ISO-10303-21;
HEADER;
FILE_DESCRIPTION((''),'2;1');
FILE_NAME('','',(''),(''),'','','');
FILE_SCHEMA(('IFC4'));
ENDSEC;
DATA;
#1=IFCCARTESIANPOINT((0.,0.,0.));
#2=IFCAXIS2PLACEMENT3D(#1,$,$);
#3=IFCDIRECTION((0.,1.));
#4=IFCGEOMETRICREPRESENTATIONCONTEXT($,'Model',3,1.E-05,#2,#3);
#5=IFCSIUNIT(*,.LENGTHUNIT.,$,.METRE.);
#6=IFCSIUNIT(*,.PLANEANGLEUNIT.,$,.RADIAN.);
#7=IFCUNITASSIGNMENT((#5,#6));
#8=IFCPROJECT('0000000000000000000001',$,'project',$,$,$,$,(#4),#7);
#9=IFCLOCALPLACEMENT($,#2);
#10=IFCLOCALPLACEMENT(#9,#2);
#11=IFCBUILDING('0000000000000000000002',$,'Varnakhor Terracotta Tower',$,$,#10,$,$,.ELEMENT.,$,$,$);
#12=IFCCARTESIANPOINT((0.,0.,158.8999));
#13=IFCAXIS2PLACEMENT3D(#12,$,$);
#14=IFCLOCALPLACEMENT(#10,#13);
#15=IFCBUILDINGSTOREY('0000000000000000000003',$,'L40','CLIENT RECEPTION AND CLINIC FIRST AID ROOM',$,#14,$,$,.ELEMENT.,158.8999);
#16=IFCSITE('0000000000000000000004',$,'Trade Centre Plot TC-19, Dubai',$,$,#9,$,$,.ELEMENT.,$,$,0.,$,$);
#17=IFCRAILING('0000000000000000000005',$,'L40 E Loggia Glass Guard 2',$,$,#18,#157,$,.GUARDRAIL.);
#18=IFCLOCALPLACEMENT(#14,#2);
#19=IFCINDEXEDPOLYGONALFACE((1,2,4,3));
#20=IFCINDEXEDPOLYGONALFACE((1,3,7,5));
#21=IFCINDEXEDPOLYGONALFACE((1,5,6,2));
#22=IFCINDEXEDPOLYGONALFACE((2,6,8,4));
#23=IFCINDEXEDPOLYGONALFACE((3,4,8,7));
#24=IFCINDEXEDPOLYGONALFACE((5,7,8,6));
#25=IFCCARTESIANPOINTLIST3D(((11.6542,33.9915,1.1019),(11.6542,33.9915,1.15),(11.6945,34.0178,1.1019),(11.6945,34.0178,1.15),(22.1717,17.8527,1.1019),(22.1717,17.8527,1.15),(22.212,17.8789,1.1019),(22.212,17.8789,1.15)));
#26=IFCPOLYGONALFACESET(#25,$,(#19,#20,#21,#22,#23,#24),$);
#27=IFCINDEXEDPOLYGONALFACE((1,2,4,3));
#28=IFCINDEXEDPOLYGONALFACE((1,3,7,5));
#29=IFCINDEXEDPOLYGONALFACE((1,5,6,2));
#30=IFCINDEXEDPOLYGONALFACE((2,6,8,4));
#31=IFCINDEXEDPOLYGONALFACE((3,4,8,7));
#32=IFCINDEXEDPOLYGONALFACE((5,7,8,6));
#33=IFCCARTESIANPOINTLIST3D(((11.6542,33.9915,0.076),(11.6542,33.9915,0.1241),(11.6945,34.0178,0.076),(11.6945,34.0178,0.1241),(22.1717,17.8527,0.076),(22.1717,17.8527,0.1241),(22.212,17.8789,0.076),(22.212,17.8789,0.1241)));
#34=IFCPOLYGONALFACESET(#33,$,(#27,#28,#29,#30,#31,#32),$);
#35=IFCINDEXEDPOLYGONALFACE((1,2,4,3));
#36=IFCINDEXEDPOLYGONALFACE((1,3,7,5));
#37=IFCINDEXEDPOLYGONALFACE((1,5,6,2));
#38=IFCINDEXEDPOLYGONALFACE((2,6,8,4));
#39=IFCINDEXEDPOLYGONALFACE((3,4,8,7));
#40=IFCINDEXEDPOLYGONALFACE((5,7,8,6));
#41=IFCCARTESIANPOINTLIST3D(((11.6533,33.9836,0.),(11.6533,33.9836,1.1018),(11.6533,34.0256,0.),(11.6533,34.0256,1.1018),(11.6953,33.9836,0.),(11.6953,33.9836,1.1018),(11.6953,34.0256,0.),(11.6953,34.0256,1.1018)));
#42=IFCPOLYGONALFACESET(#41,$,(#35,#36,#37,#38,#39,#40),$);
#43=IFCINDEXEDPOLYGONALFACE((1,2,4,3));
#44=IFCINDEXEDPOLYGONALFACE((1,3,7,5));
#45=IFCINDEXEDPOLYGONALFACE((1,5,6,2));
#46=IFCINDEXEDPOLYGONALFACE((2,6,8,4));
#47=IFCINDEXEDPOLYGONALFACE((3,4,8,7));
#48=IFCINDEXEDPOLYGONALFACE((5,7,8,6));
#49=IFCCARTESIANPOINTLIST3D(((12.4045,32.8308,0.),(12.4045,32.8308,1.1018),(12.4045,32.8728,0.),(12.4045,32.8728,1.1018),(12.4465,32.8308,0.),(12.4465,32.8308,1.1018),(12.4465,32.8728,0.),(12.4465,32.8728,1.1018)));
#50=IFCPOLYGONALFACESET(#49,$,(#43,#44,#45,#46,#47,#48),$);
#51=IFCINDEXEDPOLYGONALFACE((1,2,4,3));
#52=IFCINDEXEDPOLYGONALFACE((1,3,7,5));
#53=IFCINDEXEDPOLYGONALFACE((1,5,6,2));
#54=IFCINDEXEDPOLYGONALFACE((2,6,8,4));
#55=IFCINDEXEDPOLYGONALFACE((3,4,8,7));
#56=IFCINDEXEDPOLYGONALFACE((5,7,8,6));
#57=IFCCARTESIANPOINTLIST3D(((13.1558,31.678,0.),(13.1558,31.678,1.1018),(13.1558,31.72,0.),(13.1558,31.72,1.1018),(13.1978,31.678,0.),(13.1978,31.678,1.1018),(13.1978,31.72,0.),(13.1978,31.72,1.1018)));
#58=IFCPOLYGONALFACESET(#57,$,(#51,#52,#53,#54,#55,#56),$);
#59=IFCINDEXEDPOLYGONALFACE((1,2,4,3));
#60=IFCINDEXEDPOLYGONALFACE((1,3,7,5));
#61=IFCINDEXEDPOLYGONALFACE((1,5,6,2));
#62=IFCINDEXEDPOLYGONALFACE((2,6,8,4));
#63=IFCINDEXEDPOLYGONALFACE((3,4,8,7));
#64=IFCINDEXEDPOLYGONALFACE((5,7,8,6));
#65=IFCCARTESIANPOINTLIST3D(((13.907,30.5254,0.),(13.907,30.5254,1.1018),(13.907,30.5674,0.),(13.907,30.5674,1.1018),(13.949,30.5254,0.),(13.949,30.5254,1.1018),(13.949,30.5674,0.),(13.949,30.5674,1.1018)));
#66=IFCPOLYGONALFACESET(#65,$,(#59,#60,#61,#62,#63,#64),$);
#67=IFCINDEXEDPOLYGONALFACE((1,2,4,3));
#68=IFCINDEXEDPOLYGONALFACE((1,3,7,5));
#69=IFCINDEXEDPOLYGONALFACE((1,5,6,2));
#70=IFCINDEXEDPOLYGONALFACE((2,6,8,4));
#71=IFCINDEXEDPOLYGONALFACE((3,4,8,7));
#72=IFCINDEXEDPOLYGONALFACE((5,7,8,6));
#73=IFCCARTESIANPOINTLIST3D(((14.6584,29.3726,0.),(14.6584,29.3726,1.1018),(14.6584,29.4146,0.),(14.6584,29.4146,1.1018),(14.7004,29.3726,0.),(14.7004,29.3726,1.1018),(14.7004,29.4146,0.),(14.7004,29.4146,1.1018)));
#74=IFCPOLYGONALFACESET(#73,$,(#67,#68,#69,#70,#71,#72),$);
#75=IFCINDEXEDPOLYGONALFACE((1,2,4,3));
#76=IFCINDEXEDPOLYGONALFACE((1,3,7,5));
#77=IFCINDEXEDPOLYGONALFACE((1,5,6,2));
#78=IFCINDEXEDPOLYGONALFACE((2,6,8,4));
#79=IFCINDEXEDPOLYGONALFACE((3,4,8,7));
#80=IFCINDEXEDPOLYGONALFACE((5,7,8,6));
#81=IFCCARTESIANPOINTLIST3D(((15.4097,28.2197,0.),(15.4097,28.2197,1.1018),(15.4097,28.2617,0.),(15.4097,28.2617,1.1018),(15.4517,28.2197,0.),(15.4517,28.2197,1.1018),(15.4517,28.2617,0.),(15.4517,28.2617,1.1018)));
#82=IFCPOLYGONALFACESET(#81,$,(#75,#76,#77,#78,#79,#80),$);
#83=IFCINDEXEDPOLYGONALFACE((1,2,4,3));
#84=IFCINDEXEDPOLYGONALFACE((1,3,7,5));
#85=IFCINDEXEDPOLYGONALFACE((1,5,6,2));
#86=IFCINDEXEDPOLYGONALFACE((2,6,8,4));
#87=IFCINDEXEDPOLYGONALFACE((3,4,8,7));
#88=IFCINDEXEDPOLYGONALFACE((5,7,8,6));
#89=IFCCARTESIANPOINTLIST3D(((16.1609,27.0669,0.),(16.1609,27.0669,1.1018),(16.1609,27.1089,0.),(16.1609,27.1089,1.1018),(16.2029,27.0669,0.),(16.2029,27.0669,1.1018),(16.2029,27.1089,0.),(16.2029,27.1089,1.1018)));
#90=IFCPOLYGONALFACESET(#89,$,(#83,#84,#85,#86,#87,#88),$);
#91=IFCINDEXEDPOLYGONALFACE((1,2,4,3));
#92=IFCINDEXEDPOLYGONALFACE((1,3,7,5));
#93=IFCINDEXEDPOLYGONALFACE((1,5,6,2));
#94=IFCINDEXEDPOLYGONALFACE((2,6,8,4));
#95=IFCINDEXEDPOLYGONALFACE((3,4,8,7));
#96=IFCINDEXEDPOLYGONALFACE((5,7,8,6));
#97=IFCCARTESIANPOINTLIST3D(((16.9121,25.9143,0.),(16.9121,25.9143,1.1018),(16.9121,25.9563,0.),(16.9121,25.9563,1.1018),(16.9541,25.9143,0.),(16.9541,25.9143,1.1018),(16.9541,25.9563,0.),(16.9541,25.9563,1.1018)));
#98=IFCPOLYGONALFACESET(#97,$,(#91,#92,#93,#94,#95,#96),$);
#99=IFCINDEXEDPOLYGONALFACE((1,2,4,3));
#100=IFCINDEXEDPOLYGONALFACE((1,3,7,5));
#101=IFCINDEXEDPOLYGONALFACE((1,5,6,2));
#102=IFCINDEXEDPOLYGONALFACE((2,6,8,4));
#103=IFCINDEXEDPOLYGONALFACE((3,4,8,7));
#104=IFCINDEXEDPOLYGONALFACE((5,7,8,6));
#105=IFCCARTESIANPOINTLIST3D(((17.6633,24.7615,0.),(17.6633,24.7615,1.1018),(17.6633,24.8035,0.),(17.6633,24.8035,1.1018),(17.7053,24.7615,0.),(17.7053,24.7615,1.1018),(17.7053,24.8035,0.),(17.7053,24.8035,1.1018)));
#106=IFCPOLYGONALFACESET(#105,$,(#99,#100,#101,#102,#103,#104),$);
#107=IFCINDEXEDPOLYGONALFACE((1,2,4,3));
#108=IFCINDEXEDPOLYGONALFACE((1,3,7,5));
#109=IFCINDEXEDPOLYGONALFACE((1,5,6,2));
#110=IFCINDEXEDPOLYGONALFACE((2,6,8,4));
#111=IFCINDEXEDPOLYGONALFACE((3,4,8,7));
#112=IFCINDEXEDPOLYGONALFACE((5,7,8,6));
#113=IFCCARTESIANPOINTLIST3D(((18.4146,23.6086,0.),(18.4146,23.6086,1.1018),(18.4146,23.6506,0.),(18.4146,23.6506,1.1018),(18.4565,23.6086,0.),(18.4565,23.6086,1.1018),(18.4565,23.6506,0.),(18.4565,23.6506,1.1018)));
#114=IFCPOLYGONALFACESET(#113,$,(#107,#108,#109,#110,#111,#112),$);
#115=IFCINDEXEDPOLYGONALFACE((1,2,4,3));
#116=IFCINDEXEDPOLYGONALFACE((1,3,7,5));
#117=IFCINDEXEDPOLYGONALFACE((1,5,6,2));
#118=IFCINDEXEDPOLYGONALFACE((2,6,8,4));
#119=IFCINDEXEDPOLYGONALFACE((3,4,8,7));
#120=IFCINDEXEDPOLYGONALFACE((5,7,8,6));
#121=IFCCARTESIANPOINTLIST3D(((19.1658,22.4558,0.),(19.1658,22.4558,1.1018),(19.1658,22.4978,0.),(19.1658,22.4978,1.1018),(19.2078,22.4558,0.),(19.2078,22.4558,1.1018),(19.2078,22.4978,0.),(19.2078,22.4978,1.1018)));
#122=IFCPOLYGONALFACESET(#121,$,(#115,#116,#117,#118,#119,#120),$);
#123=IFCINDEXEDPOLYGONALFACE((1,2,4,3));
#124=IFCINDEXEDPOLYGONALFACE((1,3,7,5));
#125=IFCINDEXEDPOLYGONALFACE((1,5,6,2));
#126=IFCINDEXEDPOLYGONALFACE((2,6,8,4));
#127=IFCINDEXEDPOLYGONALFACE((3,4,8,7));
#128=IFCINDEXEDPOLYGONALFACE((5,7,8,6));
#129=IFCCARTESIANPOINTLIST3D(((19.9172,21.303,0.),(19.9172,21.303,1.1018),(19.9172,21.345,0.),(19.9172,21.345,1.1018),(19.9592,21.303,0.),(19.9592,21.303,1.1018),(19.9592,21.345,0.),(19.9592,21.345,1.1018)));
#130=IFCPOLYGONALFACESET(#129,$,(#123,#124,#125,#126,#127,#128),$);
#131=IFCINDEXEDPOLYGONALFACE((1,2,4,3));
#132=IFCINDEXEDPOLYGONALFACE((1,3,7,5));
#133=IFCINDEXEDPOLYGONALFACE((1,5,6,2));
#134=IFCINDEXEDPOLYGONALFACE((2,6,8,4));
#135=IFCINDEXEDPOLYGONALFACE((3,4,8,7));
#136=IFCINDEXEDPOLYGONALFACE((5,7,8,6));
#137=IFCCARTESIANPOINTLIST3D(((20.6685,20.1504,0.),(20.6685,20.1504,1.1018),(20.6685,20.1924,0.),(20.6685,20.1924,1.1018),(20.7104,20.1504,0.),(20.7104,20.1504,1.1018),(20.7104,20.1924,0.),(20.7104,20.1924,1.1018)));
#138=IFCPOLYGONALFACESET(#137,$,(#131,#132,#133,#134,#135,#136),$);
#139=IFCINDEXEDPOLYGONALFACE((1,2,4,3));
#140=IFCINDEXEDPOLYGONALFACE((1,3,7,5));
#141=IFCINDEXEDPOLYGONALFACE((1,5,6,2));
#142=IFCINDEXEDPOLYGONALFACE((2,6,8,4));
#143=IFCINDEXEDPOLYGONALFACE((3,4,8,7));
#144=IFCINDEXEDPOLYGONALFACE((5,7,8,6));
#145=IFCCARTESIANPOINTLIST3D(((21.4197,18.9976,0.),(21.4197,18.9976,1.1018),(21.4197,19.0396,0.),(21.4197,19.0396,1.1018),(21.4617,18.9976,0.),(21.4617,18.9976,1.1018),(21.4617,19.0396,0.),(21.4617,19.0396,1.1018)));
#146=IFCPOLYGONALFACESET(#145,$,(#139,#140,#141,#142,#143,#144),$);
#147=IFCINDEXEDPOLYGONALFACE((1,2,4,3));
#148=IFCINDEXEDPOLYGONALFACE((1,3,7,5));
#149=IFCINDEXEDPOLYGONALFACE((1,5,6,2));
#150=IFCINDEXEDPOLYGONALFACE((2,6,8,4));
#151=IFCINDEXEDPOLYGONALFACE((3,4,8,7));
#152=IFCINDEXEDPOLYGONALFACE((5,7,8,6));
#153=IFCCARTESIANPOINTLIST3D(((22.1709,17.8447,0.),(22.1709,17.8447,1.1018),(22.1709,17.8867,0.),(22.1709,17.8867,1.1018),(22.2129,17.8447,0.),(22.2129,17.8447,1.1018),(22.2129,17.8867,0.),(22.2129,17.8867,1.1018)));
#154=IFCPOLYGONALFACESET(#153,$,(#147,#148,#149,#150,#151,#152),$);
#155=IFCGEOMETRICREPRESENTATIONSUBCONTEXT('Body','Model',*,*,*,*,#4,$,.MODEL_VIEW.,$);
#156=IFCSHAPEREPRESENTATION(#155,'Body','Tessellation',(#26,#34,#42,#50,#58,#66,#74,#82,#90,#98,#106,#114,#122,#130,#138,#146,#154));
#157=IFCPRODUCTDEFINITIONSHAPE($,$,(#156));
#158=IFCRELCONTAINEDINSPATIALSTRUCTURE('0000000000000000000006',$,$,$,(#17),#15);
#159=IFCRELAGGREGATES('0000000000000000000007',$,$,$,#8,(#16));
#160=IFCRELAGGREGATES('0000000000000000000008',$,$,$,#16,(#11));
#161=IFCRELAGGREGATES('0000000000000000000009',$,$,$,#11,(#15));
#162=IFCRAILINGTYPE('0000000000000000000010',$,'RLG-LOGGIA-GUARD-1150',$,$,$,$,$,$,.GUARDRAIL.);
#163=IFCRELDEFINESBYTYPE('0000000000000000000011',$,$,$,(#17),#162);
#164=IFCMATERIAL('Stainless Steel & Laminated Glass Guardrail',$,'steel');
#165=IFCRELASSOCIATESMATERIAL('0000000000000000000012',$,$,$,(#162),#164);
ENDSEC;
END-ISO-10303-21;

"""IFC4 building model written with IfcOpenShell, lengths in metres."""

from ifc_helpers import new_model, si_unit, direction, frame, origin, origin_2d, place, context, subcontext, project, spatial, rectangle, extrude, material, type_object, element, save


model = new_model("IFC4")

# Units and contexts
model_context = context("Model", 3, precision=1e-05, world=origin(), true_north=direction((0.0, 1.0)))
body_context = subcontext(model_context, "Body", "Model", "MODEL_VIEW")
ifc_project = project(units=[si_unit("LENGTHUNIT", "METRE"), si_unit("PLANEANGLEUNIT", "RADIAN")], contexts=[model_context])

# Site, building, storey
site_placement = place(None, origin())
site = spatial("IfcSite", under=ifc_project, at=site_placement, Name="Trade Centre Plot TC-19, Dubai", CompositionType="ELEMENT", RefElevation=0.0)
building_placement = place(site_placement, origin())
building = spatial("IfcBuilding", under=site, at=building_placement, Name="Varnakhor Terracotta Tower", CompositionType="ELEMENT")
storey_placement = place(building_placement, frame((0.0, 0.0, 158.8999)))
storey = spatial("IfcBuildingStorey", under=building, at=storey_placement, Name="L40", Description="CLIENT RECEPTION AND CLINIC FIRST AID ROOM", CompositionType="ELEMENT", Elevation=158.8999)

# Railing
ifc_material_1 = material(Name="Stainless Steel & Laminated Glass Guardrail", Category="steel")
railing_type = type_object("IfcRailingType", Name="RLG-LOGGIA-GUARD-1150", PredefinedType="GUARDRAIL", material=ifc_material_1)
railing_1_placement = place(storey_placement, frame((11.6743, 34.0046, 0.0)))
element("IfcRailing", 1, at=railing_1_placement, inside=storey, type_object=railing_type, Name="L40 E Loggia Glass Guard 2", PredefinedType="GUARDRAIL", context=body_context, shape_type="SweptSolid", body=[
    extrude(rectangle(XDim=0.0481, YDim=0.0481, at=origin_2d()), frame((0.0, 0.0, 1.126), z_axis=(0.545984, -0.837796, 0.0), x_axis=(0.837796, 0.545984, 0.0)), (0.0, 0.0, 1.0), 19.2634),
    extrude(rectangle(XDim=0.0481, YDim=0.0481, at=origin_2d()), frame((0.0, 0.0, 0.1001), z_axis=(0.545984, -0.837796, 0.0), x_axis=(0.837796, 0.545984, 0.0)), (0.0, 0.0, 1.0), 19.2634),
    extrude(rectangle(XDim=0.042, YDim=0.042, at=origin_2d()), origin(), (0.0, 0.0, 1.0), 1.1018),
    extrude(rectangle(XDim=0.042, YDim=0.042, at=origin_2d()), frame((0.7512, -1.1528, 0.0)), (0.0, 0.0, 1.0), 1.1018),
    extrude(rectangle(XDim=0.042, YDim=0.042, at=origin_2d()), frame((1.5024, -2.3057, 0.0)), (0.0, 0.0, 1.0), 1.1018),
    extrude(rectangle(XDim=0.042, YDim=0.042, at=origin_2d()), frame((2.2537, -3.4583, 0.0)), (0.0, 0.0, 1.0), 1.1018),
    extrude(rectangle(XDim=0.042, YDim=0.042, at=origin_2d()), frame((3.0051, -4.6111, 0.0)), (0.0, 0.0, 1.0), 1.1018),
    extrude(rectangle(XDim=0.042, YDim=0.042, at=origin_2d()), frame((3.7563, -5.7639, 0.0)), (0.0, 0.0, 1.0), 1.1018),
    extrude(rectangle(XDim=0.042, YDim=0.042, at=origin_2d()), frame((4.5076, -6.9167, 0.0)), (0.0, 0.0, 1.0), 1.1018),
    extrude(rectangle(XDim=0.042, YDim=0.042, at=origin_2d()), frame((5.2588, -8.0693, 0.0)), (0.0, 0.0, 1.0), 1.1018),
    extrude(rectangle(XDim=0.042, YDim=0.042, at=origin_2d()), frame((6.01, -9.2222, 0.0)), (0.0, 0.0, 1.0), 1.1018),
    extrude(rectangle(XDim=0.042, YDim=0.042, at=origin_2d()), frame((6.7612, -10.375, 0.0)), (0.0, 0.0, 1.0), 1.1018),
    extrude(rectangle(XDim=0.042, YDim=0.042, at=origin_2d()), frame((7.5125, -11.5278, 0.0)), (0.0, 0.0, 1.0), 1.1018),
    extrude(rectangle(XDim=0.042, YDim=0.042, at=origin_2d()), frame((8.2639, -12.6807, 0.0)), (0.0, 0.0, 1.0), 1.1018),
    extrude(rectangle(XDim=0.042, YDim=0.042, at=origin_2d()), frame((9.0151, -13.8333, 0.0)), (0.0, 0.0, 1.0), 1.1018),
    extrude(rectangle(XDim=0.042, YDim=0.042, at=origin_2d()), frame((9.7664, -14.9861, 0.0)), (0.0, 0.0, 1.0), 1.1018),
    extrude(rectangle(XDim=0.042, YDim=0.042, at=origin_2d()), frame((10.5176, -16.1389, 0.0)), (0.0, 0.0, 1.0), 1.1018),
])

save(model, "model.ifc")
